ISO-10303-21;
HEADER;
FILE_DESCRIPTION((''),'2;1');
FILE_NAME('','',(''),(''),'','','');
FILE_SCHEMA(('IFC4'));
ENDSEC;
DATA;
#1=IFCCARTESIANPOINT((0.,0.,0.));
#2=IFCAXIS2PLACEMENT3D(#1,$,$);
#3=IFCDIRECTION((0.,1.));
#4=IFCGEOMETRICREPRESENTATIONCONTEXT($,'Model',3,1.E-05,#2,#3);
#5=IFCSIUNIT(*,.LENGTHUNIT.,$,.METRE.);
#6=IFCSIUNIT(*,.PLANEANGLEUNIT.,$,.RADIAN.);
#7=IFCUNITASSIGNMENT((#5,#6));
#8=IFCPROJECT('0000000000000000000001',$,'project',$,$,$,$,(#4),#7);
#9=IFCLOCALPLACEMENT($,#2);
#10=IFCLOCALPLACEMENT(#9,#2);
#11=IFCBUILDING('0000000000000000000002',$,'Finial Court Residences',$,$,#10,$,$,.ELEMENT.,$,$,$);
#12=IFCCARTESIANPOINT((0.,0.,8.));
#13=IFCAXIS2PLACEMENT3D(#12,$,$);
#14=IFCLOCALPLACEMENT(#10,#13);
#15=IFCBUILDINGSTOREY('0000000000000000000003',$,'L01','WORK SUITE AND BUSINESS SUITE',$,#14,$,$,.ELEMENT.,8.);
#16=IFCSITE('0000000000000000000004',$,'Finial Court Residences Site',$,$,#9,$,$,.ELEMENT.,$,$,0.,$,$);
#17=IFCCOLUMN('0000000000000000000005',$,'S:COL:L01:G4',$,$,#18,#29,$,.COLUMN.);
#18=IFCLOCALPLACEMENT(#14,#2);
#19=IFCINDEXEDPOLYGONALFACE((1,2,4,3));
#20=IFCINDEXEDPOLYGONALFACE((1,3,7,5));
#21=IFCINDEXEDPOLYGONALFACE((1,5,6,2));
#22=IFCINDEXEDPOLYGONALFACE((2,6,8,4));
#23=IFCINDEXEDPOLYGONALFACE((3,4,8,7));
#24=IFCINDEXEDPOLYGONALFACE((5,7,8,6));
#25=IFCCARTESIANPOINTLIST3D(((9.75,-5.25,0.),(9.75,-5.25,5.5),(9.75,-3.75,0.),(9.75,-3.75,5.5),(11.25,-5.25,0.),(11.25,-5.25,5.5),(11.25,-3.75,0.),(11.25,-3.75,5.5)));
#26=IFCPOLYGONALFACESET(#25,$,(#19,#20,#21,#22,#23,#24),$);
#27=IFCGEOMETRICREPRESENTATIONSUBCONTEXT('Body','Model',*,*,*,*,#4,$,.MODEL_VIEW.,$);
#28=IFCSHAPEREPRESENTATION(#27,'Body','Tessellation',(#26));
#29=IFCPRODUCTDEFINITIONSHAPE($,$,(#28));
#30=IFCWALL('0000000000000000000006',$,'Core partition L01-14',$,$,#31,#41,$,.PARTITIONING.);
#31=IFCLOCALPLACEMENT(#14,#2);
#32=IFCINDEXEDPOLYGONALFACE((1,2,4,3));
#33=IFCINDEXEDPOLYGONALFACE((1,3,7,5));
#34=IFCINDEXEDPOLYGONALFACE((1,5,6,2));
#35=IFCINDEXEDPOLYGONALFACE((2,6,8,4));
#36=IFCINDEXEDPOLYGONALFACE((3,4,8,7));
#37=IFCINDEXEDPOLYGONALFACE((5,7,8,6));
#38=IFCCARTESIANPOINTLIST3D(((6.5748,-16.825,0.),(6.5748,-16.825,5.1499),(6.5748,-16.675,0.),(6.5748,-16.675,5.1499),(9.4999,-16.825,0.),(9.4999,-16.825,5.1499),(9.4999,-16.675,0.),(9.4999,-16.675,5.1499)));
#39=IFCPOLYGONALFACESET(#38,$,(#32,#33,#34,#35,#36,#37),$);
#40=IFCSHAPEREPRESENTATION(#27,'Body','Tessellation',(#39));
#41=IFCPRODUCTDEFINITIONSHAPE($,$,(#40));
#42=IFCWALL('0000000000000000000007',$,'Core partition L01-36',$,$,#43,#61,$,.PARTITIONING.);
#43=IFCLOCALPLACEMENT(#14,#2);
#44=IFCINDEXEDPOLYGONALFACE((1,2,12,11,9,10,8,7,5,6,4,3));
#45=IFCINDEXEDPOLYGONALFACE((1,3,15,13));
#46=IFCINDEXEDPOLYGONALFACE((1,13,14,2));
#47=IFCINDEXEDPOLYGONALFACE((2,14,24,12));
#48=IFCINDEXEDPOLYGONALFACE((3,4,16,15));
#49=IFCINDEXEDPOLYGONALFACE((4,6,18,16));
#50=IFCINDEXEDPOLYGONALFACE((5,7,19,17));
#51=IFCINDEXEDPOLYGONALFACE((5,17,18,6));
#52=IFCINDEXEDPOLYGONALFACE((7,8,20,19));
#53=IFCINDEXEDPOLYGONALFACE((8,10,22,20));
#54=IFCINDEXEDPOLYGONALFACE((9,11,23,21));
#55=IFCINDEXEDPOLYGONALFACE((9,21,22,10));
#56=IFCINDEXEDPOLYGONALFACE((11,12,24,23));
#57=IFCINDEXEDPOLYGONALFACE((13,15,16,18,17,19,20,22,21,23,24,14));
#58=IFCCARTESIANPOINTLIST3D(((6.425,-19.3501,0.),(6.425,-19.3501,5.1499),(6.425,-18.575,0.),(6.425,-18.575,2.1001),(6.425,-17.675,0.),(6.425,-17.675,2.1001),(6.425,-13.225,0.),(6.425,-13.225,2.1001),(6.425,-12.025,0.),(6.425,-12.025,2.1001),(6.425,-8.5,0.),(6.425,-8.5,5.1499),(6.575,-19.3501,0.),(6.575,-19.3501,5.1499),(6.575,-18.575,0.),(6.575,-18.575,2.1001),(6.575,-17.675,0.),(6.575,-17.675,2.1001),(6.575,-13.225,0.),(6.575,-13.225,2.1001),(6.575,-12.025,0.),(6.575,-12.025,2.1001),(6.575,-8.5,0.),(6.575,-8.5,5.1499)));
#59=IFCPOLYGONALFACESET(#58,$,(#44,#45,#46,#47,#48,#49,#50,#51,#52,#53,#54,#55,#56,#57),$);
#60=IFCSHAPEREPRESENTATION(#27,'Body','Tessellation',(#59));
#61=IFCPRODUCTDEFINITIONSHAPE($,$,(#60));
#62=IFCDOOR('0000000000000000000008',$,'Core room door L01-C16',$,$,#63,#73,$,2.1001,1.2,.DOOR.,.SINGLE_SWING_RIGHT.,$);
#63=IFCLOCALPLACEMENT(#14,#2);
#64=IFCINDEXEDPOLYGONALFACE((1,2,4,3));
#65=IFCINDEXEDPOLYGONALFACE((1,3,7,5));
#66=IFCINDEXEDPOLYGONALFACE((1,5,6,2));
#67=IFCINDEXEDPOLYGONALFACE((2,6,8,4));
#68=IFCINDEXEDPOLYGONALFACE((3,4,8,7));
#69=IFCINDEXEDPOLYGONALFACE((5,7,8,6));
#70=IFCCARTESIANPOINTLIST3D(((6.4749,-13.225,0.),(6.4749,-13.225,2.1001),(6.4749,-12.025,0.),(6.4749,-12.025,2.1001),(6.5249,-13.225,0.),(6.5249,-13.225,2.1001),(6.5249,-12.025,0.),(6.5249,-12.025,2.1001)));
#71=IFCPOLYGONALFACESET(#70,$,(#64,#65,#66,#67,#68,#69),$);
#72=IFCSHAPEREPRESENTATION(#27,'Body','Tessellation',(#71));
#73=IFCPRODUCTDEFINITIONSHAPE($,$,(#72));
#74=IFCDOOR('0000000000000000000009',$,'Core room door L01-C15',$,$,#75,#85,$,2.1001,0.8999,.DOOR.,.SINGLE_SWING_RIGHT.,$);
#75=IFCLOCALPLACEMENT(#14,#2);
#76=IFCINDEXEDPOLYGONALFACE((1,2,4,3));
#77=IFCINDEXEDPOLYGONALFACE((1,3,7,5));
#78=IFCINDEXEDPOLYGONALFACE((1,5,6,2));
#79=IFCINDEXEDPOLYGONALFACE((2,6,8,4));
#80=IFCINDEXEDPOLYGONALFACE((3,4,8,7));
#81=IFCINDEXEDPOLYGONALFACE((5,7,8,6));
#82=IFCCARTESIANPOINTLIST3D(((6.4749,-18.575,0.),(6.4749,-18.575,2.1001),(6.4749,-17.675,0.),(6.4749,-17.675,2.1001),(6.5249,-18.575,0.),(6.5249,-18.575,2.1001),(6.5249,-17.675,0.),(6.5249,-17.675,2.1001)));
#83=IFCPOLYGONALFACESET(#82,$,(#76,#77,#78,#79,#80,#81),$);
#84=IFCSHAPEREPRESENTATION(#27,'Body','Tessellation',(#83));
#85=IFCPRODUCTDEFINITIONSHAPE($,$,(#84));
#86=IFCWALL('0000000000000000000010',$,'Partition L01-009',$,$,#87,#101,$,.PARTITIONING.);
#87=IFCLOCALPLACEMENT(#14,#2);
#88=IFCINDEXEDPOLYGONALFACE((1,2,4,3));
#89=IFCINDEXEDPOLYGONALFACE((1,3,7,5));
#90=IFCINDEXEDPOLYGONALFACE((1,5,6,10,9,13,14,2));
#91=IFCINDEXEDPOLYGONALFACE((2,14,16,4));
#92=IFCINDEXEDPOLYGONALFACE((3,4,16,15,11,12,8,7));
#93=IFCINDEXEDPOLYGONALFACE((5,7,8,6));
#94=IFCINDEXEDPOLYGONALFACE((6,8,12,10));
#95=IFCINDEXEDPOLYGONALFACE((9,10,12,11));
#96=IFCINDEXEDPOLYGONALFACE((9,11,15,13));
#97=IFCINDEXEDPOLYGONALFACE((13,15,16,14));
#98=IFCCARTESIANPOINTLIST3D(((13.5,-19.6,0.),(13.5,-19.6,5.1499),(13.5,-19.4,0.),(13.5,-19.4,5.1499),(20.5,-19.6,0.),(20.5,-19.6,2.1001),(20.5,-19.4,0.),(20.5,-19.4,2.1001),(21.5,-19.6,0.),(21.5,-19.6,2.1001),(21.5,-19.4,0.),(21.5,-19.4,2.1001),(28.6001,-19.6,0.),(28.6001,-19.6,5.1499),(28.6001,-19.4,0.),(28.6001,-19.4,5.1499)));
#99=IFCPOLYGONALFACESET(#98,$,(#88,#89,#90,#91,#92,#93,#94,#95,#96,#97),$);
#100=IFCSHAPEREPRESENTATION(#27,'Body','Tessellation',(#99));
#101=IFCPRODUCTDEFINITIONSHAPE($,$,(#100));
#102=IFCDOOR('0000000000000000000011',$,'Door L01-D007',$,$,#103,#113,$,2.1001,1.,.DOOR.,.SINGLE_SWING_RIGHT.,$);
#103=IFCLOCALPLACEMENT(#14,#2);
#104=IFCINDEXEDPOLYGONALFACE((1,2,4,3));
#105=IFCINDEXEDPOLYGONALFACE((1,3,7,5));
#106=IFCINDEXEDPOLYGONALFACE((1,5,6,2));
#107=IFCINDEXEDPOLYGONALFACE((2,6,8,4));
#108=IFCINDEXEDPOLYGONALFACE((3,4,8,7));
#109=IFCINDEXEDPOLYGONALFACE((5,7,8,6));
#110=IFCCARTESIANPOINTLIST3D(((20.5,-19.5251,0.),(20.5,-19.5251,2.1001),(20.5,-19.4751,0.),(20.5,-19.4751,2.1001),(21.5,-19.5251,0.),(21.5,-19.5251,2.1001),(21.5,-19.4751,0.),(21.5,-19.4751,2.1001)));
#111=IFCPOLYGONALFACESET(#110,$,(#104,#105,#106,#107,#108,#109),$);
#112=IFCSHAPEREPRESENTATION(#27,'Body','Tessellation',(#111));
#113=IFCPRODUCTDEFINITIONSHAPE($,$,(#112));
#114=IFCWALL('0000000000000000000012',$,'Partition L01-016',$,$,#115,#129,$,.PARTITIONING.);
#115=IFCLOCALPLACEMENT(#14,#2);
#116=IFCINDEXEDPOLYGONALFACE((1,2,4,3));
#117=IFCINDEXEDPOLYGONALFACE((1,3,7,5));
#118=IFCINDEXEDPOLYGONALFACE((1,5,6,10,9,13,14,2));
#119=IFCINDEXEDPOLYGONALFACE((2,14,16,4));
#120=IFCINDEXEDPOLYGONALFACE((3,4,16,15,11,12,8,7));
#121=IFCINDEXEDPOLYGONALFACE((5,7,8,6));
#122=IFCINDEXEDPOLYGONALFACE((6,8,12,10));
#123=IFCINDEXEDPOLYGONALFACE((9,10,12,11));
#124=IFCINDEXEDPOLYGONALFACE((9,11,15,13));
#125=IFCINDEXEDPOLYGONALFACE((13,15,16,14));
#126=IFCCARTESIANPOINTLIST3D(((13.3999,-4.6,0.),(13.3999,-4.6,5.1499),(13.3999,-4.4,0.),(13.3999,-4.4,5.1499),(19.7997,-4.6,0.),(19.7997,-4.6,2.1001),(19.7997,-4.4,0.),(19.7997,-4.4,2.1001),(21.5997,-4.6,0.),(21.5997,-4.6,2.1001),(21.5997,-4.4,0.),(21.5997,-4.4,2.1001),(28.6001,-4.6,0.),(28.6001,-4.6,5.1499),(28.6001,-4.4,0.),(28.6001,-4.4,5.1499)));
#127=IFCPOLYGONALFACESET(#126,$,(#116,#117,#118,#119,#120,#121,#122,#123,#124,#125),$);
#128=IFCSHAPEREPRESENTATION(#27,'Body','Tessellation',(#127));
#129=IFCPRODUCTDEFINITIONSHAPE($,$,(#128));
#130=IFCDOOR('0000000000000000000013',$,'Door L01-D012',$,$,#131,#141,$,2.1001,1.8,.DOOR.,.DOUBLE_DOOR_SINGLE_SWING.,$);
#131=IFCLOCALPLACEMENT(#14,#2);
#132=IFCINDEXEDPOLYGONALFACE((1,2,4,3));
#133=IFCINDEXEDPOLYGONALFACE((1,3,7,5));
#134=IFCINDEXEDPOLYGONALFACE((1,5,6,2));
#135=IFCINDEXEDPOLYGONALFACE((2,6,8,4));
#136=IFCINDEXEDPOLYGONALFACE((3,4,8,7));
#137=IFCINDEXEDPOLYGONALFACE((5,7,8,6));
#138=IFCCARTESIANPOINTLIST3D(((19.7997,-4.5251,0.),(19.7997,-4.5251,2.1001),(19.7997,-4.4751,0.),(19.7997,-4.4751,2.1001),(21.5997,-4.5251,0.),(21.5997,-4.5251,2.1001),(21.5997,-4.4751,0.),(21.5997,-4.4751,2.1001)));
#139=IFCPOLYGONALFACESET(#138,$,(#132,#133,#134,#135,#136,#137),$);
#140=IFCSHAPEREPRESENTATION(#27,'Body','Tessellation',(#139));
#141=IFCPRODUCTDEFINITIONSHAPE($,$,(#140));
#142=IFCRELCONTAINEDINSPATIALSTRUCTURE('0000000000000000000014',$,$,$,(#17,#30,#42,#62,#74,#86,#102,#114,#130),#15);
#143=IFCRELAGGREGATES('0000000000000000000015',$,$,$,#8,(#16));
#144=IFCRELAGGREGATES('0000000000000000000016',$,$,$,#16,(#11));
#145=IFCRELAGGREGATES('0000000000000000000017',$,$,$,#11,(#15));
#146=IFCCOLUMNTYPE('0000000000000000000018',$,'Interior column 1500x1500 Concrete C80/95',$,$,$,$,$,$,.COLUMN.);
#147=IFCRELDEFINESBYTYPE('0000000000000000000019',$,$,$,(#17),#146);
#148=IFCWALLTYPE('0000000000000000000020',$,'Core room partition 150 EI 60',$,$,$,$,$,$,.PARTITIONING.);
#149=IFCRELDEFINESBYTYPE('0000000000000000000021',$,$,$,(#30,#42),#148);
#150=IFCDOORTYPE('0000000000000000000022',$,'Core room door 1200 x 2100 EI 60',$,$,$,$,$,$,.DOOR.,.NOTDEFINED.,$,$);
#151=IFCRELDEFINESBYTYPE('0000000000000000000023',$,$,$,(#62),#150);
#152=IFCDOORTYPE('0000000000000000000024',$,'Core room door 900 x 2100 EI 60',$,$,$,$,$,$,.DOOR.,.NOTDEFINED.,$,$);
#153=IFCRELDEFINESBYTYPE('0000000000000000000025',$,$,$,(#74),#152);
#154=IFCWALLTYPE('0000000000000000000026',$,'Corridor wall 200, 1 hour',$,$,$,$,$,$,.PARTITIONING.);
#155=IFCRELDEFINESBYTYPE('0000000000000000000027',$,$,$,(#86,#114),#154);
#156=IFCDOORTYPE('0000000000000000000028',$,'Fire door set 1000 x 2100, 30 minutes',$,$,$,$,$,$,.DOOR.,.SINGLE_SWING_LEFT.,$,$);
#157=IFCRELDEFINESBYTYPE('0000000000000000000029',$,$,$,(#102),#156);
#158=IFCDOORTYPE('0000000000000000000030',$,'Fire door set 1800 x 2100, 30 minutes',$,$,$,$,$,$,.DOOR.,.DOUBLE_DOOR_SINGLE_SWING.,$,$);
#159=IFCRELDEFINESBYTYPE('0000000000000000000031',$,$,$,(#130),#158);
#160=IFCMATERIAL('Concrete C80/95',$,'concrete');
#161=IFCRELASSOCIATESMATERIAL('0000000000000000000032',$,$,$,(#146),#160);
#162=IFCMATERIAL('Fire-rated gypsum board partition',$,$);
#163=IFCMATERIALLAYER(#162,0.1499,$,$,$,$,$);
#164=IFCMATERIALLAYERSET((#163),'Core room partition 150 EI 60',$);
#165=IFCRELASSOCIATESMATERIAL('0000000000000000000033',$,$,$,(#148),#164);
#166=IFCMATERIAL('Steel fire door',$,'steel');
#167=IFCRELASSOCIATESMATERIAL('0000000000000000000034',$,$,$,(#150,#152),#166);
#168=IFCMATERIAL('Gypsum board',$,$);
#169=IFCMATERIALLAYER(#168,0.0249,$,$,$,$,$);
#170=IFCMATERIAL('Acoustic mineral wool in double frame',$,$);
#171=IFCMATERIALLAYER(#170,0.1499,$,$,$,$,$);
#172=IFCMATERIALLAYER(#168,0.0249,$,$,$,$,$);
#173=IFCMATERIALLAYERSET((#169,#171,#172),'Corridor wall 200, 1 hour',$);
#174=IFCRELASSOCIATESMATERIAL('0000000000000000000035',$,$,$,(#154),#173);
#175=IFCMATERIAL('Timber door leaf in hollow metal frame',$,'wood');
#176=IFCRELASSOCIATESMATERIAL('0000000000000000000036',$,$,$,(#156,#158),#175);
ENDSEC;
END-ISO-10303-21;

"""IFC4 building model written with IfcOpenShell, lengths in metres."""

from ifc_helpers import new_model, si_unit, direction, frame, frame_2d, origin, origin_2d, place, context, subcontext, project, spatial, rectangle, extrude, material, layer, layer_set, material_profile, profile_set, type_object, element, fill, save


model = new_model("IFC4")

# Units and contexts
model_context = context("Model", 3, precision=1e-05, world=origin(), true_north=direction((0.0, 1.0)))
body_context = subcontext(model_context, "Body", "Model", "MODEL_VIEW")
ifc_project = project(units=[si_unit("LENGTHUNIT", "METRE"), si_unit("PLANEANGLEUNIT", "RADIAN")], contexts=[model_context])

# Site, building, storey
site_placement = place(None, origin())
site = spatial("IfcSite", under=ifc_project, at=site_placement, Name="Finial Court Residences Site", CompositionType="ELEMENT", RefElevation=0.0)
building_placement = place(site_placement, origin())
building = spatial("IfcBuilding", under=site, at=building_placement, Name="Finial Court Residences", CompositionType="ELEMENT")
storey_placement = place(building_placement, frame((0.0, 0.0, 8.0)))
storey = spatial("IfcBuildingStorey", under=building, at=storey_placement, Name="L01", Description="WORK SUITE AND BUSINESS SUITE", CompositionType="ELEMENT", Elevation=8.0)

# Column
ifc_material_1 = material(Name="Concrete C80/95", Category="concrete")
ifc_material_profile = material_profile(ifc_material_1, rectangle(XDim=1.5, YDim=1.5, at=origin_2d()), Name="1500x1500")
ifc_profile_set = profile_set([ifc_material_profile], Name="Concrete C80/95")
column_type = type_object("IfcColumnType", Name="Interior column 1500x1500 Concrete C80/95", PredefinedType="COLUMN", material=ifc_profile_set)
column_placement = place(storey_placement, frame((10.5, -4.5, 0.0), z_axis=(0.0, 0.0, 1.0), x_axis=(1.0, 0.0, 0.0)))
element("IfcColumn", 1, at=column_placement, inside=storey, type_object=column_type, Name="S:COL:L01:G4", PredefinedType="COLUMN", context=body_context, shape_type="SweptSolid", body=[
    extrude(rectangle(XDim=1.5, YDim=1.5, at=origin_2d()), origin(), (0.0, 0.0, 1.0), 5.5),
])

# Wall
ifc_material_2 = material(Name="Fire-rated gypsum board partition")
ifc_layer_1 = layer(ifc_material_2, 0.1499)
ifc_layer_set_1 = layer_set([ifc_layer_1], Name="Core room partition 150 EI 60")
wall_type_1 = type_object("IfcWallType", Name="Core room partition 150 EI 60", PredefinedType="PARTITIONING", material=ifc_layer_set_1)
wall_1_placement = place(storey_placement, frame((6.575, -16.75, 0.0), z_axis=(0.0, 0.0, 1.0), x_axis=(1.0, 0.0, 0.0)))
element("IfcWall", 2, at=wall_1_placement, inside=storey, type_object=wall_type_1, Name="Core partition L01-14", PredefinedType="PARTITIONING", context=body_context, shape_type="SweptSolid", body=[
    extrude(rectangle(XDim=2.925, YDim=0.1499, at=frame_2d((1.4624, 0.0))), origin(), (0.0, 0.0, 1.0), 5.1499),
])

# Wall, openings, doors
wall_2_placement = place(storey_placement, frame((6.5, -8.5, 0.0), z_axis=(0.0, 0.0, 1.0), x_axis=(0.0, -1.0, 0.0)))
wall_2 = element("IfcWall", 3, at=wall_2_placement, inside=storey, type_object=wall_type_1, Name="Core partition L01-36", PredefinedType="PARTITIONING", context=body_context, shape_type="SweptSolid", body=[
    extrude(rectangle(XDim=10.8501, YDim=0.1499, at=frame_2d((5.425, 0.0))), origin(), (0.0, 0.0, 1.0), 5.1499),
])
opening_1_placement = place(wall_2_placement, frame((9.175, 0.0, 0.0)))
opening_1 = element("IfcOpeningElement", 4, at=opening_1_placement, cuts=wall_2, PredefinedType="OPENING", context=body_context, shape_type="SweptSolid", body=[
    extrude(rectangle(XDim=0.8999, YDim=2.1001, at=frame_2d((0.45, 1.05))), frame((0.0, 0.085, 0.0), z_axis=(0.0, -1.0, 0.0), x_axis=(1.0, 0.0, 0.0)), (0.0, 0.0, 1.0), 0.1699),
])
opening_2_placement = place(wall_2_placement, frame((3.5249, 0.0, 0.0)))
opening_2 = element("IfcOpeningElement", 5, at=opening_2_placement, cuts=wall_2, PredefinedType="OPENING", context=body_context, shape_type="SweptSolid", body=[
    extrude(rectangle(XDim=1.2, YDim=2.1001, at=frame_2d((0.6001, 1.05))), frame((0.0, 0.085, 0.0), z_axis=(0.0, -1.0, 0.0), x_axis=(1.0, 0.0, 0.0)), (0.0, 0.0, 1.0), 0.1699),
])
ifc_material_3 = material(Name="Steel fire door", Category="steel")
door_type_1 = type_object("IfcDoorType", Name="Core room door 1200 x 2100 EI 60", OperationType="NOTDEFINED", PredefinedType="DOOR", material=ifc_material_3)
door_1_placement = place(opening_2_placement, origin())
door_1 = element("IfcDoor", 6, at=door_1_placement, inside=storey, type_object=door_type_1, Name="Core room door L01-C16", OperationType="SINGLE_SWING_RIGHT", OverallHeight=2.1001, OverallWidth=1.2, PredefinedType="DOOR", context=body_context, shape_type="SweptSolid", body=[
    extrude(rectangle(XDim=1.2, YDim=2.1001, at=frame_2d((0.6001, 1.05))), frame((0.0, 0.0249, 0.0), z_axis=(0.0, -1.0, 0.0), x_axis=(1.0, 0.0, 0.0)), (0.0, 0.0, 1.0), 0.05),
])
fill(opening_2, door_1)
door_type_2 = type_object("IfcDoorType", Name="Core room door 900 x 2100 EI 60", OperationType="NOTDEFINED", PredefinedType="DOOR", material=ifc_material_3)
door_2_placement = place(opening_1_placement, origin())
door_2 = element("IfcDoor", 7, at=door_2_placement, inside=storey, type_object=door_type_2, Name="Core room door L01-C15", OperationType="SINGLE_SWING_RIGHT", OverallHeight=2.1001, OverallWidth=0.8999, PredefinedType="DOOR", context=body_context, shape_type="SweptSolid", body=[
    extrude(rectangle(XDim=0.8999, YDim=2.1001, at=frame_2d((0.45, 1.05))), frame((0.0, 0.0249, 0.0), z_axis=(0.0, -1.0, 0.0), x_axis=(1.0, 0.0, 0.0)), (0.0, 0.0, 1.0), 0.05),
])
fill(opening_1, door_2)

# Walls, openings, doors
ifc_material_4 = material(Name="Gypsum board")
ifc_layer_2 = layer(ifc_material_4, 0.0249)
ifc_material_5 = material(Name="Acoustic mineral wool in double frame")
ifc_layer_3 = layer(ifc_material_5, 0.1499)
ifc_layer_4 = layer(ifc_material_4, 0.0249)
ifc_layer_set_2 = layer_set([ifc_layer_2, ifc_layer_3, ifc_layer_4], Name="Corridor wall 200, 1 hour")
wall_type_2 = type_object("IfcWallType", Name="Corridor wall 200, 1 hour", PredefinedType="PARTITIONING", material=ifc_layer_set_2)
wall_3_placement = place(storey_placement, frame((13.5, -19.5, 0.0), z_axis=(0.0, 0.0, 1.0), x_axis=(1.0, 0.0, 0.0)))
wall_3 = element("IfcWall", 8, at=wall_3_placement, inside=storey, type_object=wall_type_2, Name="Partition L01-009", PredefinedType="PARTITIONING", context=body_context, shape_type="SweptSolid", body=[
    extrude(rectangle(XDim=15.1001, YDim=0.2, at=frame_2d((7.55, 0.0))), origin(), (0.0, 0.0, 1.0), 5.1499),
])
opening_3_placement = place(wall_3_placement, frame((7.0, 0.0, 0.0)))
opening_3 = element("IfcOpeningElement", 9, at=opening_3_placement, cuts=wall_3, PredefinedType="OPENING", context=body_context, shape_type="SweptSolid", body=[
    extrude(rectangle(XDim=1.0, YDim=2.1001, at=frame_2d((0.5, 1.05))), frame((0.0, 0.1099, 0.0), z_axis=(0.0, -1.0, 0.0), x_axis=(1.0, 0.0, 0.0)), (0.0, 0.0, 1.0), 0.22),
])
ifc_material_6 = material(Name="Timber door leaf in hollow metal frame", Category="wood")
door_type_3 = type_object("IfcDoorType", Name="Fire door set 1000 x 2100, 30 minutes", OperationType="SINGLE_SWING_LEFT", PredefinedType="DOOR", material=ifc_material_6)
door_3_placement = place(opening_3_placement, origin())
door_3 = element("IfcDoor", 10, at=door_3_placement, inside=storey, type_object=door_type_3, Name="Door L01-D007", OperationType="SINGLE_SWING_RIGHT", OverallHeight=2.1001, OverallWidth=1.0, PredefinedType="DOOR", context=body_context, shape_type="SweptSolid", body=[
    extrude(rectangle(XDim=1.0, YDim=2.1001, at=frame_2d((0.5, 1.05))), frame((0.0, 0.0249, 0.0), z_axis=(0.0, -1.0, 0.0), x_axis=(1.0, 0.0, 0.0)), (0.0, 0.0, 1.0), 0.05),
])
fill(opening_3, door_3)
wall_4_placement = place(storey_placement, frame((13.3999, -4.5, 0.0), z_axis=(0.0, 0.0, 1.0), x_axis=(1.0, 0.0, 0.0)))
wall_4 = element("IfcWall", 11, at=wall_4_placement, inside=storey, type_object=wall_type_2, Name="Partition L01-016", PredefinedType="PARTITIONING", context=body_context, shape_type="SweptSolid", body=[
    extrude(rectangle(XDim=15.2002, YDim=0.2, at=frame_2d((7.6001, 0.0))), origin(), (0.0, 0.0, 1.0), 5.1499),
])
opening_4_placement = place(wall_4_placement, frame((6.3999, 0.0, 0.0)))
opening_4 = element("IfcOpeningElement", 12, at=opening_4_placement, cuts=wall_4, PredefinedType="OPENING", context=body_context, shape_type="SweptSolid", body=[
    extrude(rectangle(XDim=1.8, YDim=2.1001, at=frame_2d((0.8999, 1.05))), frame((0.0, 0.1099, 0.0), z_axis=(0.0, -1.0, 0.0), x_axis=(1.0, 0.0, 0.0)), (0.0, 0.0, 1.0), 0.22),
])
door_type_4 = type_object("IfcDoorType", Name="Fire door set 1800 x 2100, 30 minutes", OperationType="DOUBLE_DOOR_SINGLE_SWING", PredefinedType="DOOR", material=ifc_material_6)
door_4_placement = place(opening_4_placement, origin())
door_4 = element("IfcDoor", 13, at=door_4_placement, inside=storey, type_object=door_type_4, Name="Door L01-D012", OperationType="DOUBLE_DOOR_SINGLE_SWING", OverallHeight=2.1001, OverallWidth=1.8, PredefinedType="DOOR", context=body_context, shape_type="SweptSolid", body=[
    extrude(rectangle(XDim=1.8, YDim=2.1001, at=frame_2d((0.8999, 1.05))), frame((0.0, 0.0249, 0.0), z_axis=(0.0, -1.0, 0.0), x_axis=(1.0, 0.0, 0.0)), (0.0, 0.0, 1.0), 0.05),
])
fill(opening_4, door_4)

save(model, "model.ifc")
